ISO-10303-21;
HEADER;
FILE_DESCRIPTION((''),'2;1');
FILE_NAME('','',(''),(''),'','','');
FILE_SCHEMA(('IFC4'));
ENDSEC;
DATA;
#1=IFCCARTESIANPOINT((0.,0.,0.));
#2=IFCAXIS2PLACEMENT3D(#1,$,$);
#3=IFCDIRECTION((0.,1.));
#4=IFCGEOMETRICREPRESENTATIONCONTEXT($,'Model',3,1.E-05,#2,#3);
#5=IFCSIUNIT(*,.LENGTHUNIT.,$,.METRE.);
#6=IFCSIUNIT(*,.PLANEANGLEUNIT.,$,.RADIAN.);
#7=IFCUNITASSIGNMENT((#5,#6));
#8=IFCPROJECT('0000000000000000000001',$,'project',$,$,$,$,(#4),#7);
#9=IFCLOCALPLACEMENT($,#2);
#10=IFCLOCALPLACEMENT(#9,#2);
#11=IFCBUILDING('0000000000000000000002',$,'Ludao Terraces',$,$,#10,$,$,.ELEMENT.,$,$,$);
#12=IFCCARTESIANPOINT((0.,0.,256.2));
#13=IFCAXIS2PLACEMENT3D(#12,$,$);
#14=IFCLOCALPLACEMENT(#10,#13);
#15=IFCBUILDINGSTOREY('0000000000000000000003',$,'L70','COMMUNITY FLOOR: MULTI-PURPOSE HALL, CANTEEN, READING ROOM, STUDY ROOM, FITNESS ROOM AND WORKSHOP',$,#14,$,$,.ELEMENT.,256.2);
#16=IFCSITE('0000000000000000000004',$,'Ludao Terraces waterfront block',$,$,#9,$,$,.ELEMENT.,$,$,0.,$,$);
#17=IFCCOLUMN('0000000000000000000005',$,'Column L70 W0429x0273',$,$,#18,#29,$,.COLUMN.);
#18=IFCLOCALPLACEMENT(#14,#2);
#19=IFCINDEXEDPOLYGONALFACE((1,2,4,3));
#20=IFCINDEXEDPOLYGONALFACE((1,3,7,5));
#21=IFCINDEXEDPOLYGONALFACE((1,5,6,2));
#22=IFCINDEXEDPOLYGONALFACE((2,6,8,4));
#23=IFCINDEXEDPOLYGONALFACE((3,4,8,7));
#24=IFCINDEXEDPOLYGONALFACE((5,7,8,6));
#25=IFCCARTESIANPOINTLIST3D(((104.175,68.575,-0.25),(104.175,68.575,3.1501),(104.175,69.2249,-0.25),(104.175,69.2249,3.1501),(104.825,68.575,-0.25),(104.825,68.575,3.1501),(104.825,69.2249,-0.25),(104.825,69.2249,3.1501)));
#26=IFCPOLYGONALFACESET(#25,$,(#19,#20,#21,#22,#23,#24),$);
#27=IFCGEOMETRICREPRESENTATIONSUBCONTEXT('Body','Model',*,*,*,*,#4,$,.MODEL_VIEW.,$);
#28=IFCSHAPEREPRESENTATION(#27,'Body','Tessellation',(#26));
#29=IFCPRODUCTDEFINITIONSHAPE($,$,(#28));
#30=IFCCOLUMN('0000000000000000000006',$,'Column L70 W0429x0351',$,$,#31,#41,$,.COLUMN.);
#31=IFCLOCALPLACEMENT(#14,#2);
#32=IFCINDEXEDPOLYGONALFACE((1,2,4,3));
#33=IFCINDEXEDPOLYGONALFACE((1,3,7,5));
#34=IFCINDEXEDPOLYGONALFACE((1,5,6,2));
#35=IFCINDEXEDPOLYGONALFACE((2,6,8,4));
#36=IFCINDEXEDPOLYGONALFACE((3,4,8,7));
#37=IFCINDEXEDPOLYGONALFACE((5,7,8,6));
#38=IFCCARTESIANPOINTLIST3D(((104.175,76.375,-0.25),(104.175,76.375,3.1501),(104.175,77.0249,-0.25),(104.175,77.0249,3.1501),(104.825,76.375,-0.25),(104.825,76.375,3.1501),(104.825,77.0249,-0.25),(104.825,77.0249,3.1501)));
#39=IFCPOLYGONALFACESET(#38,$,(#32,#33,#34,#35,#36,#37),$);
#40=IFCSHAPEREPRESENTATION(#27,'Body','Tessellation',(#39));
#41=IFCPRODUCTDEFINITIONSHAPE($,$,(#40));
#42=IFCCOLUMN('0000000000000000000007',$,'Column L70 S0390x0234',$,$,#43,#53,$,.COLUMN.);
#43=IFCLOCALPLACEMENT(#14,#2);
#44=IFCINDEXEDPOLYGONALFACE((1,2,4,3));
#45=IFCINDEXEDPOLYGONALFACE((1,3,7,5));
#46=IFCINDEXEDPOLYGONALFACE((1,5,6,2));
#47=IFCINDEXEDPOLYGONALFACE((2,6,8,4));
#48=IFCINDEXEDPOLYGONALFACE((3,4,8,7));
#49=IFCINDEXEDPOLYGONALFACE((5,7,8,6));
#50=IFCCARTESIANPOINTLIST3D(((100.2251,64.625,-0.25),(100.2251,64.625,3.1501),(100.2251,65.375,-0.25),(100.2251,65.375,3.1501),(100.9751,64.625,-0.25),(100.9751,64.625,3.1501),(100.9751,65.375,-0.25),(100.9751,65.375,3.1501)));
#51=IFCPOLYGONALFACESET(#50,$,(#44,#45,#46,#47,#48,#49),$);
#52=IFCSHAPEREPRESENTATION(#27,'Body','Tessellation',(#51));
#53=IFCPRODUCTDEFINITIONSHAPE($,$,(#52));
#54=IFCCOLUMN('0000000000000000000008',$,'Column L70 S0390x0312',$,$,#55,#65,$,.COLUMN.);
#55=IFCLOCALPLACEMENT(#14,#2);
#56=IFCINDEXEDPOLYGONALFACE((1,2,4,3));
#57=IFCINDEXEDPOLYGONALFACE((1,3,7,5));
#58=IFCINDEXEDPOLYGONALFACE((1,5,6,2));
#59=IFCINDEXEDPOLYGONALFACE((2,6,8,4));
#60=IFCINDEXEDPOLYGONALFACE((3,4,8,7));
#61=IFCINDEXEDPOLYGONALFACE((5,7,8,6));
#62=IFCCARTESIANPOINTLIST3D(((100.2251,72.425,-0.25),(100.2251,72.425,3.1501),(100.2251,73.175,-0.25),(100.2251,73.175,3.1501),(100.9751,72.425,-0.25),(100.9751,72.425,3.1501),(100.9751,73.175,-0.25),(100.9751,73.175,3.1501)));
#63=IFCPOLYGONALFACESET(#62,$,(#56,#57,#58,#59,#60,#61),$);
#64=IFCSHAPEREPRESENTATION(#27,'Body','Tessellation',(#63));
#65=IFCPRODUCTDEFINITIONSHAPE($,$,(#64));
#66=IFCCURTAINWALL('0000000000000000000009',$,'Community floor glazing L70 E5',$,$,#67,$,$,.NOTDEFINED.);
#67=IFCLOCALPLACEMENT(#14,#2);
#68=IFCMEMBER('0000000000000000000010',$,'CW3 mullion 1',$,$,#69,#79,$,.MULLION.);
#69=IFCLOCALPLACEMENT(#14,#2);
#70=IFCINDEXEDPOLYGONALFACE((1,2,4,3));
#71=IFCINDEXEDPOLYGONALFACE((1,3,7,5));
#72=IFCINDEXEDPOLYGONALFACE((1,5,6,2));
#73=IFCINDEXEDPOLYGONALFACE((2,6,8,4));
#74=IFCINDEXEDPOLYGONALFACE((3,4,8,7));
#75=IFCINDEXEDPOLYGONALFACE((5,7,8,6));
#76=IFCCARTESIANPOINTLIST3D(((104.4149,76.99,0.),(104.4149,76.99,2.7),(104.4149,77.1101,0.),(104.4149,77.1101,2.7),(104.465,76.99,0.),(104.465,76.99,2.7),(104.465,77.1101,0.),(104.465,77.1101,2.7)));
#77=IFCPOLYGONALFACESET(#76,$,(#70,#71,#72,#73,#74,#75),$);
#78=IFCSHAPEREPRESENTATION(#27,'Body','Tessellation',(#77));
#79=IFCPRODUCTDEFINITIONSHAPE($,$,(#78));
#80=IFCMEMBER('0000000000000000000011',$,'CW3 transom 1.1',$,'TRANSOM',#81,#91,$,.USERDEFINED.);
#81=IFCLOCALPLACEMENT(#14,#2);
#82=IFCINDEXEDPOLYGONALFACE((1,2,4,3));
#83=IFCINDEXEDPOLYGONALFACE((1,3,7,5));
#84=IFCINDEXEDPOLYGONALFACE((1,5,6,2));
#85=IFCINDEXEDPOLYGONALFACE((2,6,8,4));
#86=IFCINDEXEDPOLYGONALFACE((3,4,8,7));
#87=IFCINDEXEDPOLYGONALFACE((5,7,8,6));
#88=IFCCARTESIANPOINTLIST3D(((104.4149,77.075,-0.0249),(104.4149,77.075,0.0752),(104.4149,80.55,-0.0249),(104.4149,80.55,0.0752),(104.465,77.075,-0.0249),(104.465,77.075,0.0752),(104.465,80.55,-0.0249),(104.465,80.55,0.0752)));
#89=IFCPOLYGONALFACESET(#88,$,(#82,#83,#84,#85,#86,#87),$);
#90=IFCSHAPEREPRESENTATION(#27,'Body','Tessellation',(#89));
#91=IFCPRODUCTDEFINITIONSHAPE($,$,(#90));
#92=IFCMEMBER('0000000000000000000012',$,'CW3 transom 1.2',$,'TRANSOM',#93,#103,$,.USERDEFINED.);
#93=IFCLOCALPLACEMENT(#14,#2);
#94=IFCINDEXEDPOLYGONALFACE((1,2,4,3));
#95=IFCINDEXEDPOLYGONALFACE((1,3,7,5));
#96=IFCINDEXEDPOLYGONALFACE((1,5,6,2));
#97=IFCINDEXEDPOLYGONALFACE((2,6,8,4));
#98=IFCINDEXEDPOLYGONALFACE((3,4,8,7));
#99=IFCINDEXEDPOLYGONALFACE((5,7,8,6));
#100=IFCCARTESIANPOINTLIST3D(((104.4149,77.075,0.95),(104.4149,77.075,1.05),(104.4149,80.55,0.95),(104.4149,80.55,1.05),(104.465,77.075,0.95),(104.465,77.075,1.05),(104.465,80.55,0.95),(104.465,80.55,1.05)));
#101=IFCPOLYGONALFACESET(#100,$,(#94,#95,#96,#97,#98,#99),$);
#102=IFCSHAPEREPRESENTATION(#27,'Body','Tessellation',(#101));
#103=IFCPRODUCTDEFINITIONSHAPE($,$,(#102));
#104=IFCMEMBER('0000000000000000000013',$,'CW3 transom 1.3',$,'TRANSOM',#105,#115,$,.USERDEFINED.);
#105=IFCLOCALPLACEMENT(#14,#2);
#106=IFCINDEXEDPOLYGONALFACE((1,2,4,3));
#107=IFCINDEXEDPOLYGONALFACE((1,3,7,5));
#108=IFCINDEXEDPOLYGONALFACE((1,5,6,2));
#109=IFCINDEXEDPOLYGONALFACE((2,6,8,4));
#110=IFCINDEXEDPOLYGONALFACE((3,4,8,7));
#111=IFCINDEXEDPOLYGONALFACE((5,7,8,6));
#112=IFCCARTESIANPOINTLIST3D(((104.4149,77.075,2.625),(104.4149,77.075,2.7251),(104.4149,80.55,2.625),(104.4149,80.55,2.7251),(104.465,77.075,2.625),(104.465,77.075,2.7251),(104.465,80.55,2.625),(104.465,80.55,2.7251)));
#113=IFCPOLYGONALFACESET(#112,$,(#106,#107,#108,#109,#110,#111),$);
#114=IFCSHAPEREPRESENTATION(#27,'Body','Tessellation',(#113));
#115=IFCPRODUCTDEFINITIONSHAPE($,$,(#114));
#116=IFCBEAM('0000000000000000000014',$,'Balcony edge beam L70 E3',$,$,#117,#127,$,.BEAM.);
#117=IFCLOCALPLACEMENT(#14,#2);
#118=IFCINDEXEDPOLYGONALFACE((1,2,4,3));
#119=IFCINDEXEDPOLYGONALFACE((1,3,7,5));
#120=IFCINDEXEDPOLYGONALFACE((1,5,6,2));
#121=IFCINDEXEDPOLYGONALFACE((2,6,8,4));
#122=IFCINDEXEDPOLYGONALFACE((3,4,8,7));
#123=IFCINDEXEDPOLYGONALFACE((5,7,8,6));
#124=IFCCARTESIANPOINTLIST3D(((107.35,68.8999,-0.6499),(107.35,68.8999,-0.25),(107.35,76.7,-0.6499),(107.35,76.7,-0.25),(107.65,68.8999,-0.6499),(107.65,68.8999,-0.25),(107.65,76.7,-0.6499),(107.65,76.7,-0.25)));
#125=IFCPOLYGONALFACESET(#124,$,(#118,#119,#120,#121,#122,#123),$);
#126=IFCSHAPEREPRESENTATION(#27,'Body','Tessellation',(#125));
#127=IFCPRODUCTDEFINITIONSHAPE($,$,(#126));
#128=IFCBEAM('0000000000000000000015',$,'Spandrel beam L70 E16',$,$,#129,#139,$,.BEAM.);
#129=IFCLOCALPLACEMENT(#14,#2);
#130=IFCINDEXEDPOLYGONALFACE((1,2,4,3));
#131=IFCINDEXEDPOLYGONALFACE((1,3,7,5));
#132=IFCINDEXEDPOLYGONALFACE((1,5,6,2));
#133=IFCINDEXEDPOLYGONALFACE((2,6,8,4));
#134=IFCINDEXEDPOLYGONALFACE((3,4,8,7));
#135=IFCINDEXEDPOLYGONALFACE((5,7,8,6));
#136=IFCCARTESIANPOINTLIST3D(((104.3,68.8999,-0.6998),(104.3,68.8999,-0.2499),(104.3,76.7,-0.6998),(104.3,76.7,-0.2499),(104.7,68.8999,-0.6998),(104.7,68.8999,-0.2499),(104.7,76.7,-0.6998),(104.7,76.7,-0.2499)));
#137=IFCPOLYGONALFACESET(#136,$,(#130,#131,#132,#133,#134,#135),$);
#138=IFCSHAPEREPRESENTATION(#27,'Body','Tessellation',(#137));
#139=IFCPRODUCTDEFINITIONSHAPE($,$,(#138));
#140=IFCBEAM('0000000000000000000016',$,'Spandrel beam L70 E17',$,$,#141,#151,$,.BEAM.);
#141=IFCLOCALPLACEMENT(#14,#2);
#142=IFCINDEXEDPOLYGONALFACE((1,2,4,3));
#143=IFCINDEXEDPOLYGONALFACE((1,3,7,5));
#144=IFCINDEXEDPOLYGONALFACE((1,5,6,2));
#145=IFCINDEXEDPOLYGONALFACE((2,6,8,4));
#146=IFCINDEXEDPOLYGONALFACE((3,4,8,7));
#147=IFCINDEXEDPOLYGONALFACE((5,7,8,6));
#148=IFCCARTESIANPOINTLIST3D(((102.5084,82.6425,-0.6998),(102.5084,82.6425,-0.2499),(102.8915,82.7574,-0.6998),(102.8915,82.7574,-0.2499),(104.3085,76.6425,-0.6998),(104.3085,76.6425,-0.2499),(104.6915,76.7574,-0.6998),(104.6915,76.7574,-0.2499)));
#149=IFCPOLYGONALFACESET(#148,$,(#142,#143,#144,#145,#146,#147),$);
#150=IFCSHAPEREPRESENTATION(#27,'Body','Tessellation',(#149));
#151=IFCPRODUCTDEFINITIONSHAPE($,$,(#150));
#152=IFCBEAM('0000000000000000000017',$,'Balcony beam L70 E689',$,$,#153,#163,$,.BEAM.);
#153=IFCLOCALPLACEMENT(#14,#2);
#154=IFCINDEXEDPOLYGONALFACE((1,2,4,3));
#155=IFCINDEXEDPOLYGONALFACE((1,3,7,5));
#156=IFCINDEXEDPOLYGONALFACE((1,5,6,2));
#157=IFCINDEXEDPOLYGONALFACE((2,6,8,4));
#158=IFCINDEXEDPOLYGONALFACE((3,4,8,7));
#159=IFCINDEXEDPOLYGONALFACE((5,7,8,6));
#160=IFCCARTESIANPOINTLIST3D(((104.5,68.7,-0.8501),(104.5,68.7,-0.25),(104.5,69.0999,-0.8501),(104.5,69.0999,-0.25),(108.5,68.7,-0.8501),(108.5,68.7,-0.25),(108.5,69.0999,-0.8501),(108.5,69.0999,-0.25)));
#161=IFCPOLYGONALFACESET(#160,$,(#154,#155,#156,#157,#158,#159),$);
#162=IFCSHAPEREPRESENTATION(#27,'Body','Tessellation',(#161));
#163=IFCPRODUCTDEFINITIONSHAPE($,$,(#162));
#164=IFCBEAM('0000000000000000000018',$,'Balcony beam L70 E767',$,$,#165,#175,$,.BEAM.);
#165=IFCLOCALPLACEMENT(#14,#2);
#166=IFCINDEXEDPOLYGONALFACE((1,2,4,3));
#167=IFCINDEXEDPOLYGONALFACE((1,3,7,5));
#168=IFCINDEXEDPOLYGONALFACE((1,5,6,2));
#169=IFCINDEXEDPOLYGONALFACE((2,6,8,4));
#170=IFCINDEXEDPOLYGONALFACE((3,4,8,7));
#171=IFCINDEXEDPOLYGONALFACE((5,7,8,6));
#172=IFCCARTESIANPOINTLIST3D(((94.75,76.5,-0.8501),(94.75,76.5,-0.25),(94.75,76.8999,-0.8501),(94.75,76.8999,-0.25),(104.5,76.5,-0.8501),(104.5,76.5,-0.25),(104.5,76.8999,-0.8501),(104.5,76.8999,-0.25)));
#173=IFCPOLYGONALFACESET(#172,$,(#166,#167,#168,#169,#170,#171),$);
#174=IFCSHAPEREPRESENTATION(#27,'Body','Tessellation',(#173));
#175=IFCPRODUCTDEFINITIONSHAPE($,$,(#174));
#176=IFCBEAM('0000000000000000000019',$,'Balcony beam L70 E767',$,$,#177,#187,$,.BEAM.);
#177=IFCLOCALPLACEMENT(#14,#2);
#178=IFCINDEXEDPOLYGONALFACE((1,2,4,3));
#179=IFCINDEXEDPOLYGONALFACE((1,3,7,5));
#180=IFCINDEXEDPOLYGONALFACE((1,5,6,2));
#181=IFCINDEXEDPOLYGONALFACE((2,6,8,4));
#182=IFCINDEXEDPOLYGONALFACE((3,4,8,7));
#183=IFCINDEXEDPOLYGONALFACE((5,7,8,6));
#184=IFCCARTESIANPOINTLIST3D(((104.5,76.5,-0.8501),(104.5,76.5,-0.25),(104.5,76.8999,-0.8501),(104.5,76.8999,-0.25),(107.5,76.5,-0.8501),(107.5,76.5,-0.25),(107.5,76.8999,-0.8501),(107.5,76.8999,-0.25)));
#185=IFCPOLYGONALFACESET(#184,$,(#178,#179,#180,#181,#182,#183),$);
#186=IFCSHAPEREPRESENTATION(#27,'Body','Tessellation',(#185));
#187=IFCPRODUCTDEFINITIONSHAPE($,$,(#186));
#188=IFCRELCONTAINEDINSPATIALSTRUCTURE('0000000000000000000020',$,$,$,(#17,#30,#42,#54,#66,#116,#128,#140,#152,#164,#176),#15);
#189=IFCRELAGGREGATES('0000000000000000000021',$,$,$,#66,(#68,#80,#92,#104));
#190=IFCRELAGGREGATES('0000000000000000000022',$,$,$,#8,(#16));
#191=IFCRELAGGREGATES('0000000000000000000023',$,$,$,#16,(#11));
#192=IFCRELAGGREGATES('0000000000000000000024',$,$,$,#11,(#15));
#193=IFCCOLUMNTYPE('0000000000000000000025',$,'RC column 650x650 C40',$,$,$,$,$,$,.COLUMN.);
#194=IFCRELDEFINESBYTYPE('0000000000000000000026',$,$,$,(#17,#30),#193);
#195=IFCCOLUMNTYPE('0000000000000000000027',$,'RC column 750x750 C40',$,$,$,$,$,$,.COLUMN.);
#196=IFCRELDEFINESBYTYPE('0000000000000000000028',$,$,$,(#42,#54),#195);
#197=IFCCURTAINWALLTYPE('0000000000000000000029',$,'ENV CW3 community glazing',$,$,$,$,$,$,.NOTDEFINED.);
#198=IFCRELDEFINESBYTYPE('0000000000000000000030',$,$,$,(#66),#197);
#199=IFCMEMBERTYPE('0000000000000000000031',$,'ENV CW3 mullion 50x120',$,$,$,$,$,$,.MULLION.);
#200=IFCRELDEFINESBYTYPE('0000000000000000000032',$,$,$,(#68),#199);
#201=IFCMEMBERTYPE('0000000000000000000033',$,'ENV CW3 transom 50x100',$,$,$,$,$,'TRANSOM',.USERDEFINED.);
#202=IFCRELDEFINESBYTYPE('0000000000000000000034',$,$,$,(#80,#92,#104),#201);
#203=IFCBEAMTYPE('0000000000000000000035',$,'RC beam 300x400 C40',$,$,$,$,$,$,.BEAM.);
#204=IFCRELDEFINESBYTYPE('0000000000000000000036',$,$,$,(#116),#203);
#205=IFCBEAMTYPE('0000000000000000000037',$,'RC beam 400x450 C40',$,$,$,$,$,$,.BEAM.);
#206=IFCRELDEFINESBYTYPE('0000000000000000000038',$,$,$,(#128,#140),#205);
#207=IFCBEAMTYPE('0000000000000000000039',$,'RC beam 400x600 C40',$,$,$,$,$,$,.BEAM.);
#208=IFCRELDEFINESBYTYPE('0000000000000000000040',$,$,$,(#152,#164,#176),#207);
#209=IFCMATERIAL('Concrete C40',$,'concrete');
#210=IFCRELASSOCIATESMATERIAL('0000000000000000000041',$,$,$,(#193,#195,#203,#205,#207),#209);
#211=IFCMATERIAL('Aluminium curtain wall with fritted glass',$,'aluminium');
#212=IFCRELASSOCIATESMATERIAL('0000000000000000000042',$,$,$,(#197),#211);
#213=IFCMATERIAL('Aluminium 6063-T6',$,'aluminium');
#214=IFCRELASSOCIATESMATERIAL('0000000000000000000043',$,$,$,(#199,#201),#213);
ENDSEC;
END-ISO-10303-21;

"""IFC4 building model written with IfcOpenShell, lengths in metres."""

from ifc_helpers import new_model, si_unit, direction, frame, origin, origin_2d, place, context, subcontext, project, spatial, rectangle, extrude, material, material_profile, profile_set, type_object, element, aggregate, save


model = new_model("IFC4")

# Units and contexts
model_context = context("Model", 3, precision=1e-05, world=origin(), true_north=direction((0.0, 1.0)))
body_context = subcontext(model_context, "Body", "Model", "MODEL_VIEW")
ifc_project = project(units=[si_unit("LENGTHUNIT", "METRE"), si_unit("PLANEANGLEUNIT", "RADIAN")], contexts=[model_context])

# Site, building, storey
site_placement = place(None, origin())
site = spatial("IfcSite", under=ifc_project, at=site_placement, Name="Ludao Terraces waterfront block", CompositionType="ELEMENT", RefElevation=0.0)
building_placement = place(site_placement, origin())
building = spatial("IfcBuilding", under=site, at=building_placement, Name="Ludao Terraces", CompositionType="ELEMENT")
storey_placement = place(building_placement, frame((0.0, 0.0, 256.2)))
storey = spatial("IfcBuildingStorey", under=building, at=storey_placement, Name="L70", Description="COMMUNITY FLOOR: MULTI-PURPOSE HALL, CANTEEN, READING ROOM, STUDY ROOM, FITNESS ROOM AND WORKSHOP", CompositionType="ELEMENT", Elevation=256.2)

# Columns
ifc_material_1 = material(Name="Concrete C40", Category="concrete")
ifc_material_profile_1 = material_profile(ifc_material_1, rectangle(XDim=0.6499, YDim=0.6499, at=origin_2d()), Name="650 X 650")
ifc_profile_set_1 = profile_set([ifc_material_profile_1], Name="Concrete C40")
column_type_1 = type_object("IfcColumnType", Name="RC column 650x650 C40", PredefinedType="COLUMN", material=ifc_profile_set_1)
for number, where, z_axis, x_axis, name in (
    (1, (104.5, 68.8999, -0.25), (0.0, 0.0, 1.0), (1.0, 0.0, 0.0), "Column L70 W0429x0273"),
    (2, (104.5, 76.7, -0.25), (0.0, 0.0, 1.0), (1.0, 0.0, 0.0), "Column L70 W0429x0351"),
):
    element("IfcColumn", number, at=place(storey_placement, frame(where, z_axis=z_axis, x_axis=x_axis)), inside=storey, type_object=column_type_1, Name=name, PredefinedType="COLUMN", context=body_context, shape_type="SweptSolid", body=[
        extrude(rectangle(XDim=0.6499, YDim=0.6499, at=origin_2d()), origin(), (0.0, 0.0, 1.0), 3.4001),
    ])
ifc_material_profile_2 = material_profile(ifc_material_1, rectangle(XDim=0.75, YDim=0.75, at=origin_2d()), Name="750 X 750")
ifc_profile_set_2 = profile_set([ifc_material_profile_2], Name="Concrete C40")
column_type_2 = type_object("IfcColumnType", Name="RC column 750x750 C40", PredefinedType="COLUMN", material=ifc_profile_set_2)
for number, where, z_axis, x_axis, name in (
    (3, (100.6001, 65.0, -0.25), (0.0, 0.0, 1.0), (1.0, 0.0, 0.0), "Column L70 S0390x0234"),
    (4, (100.6001, 72.8, -0.25), (0.0, 0.0, 1.0), (1.0, 0.0, 0.0), "Column L70 S0390x0312"),
):
    element("IfcColumn", number, at=place(storey_placement, frame(where, z_axis=z_axis, x_axis=x_axis)), inside=storey, type_object=column_type_2, Name=name, PredefinedType="COLUMN", context=body_context, shape_type="SweptSolid", body=[
        extrude(rectangle(XDim=0.75, YDim=0.75, at=origin_2d()), origin(), (0.0, 0.0, 1.0), 3.4001),
    ])

# Curtain wall, members
ifc_material_2 = material(Name="Aluminium curtain wall with fritted glass", Category="aluminium")
curtain_wall_type = type_object("IfcCurtainWallType", Name="ENV CW3 community glazing", PredefinedType="NOTDEFINED", material=ifc_material_2)
curtain_wall_placement = place(storey_placement, origin())
curtain_wall = element("IfcCurtainWall", 5, at=curtain_wall_placement, inside=storey, type_object=curtain_wall_type, Name="Community floor glazing L70 E5", PredefinedType="NOTDEFINED")
ifc_material_3 = material(Name="Aluminium 6063-T6", Category="aluminium")
ifc_material_profile_3 = material_profile(ifc_material_3, rectangle(XDim=0.05, YDim=0.1201, at=origin_2d()), Name="50 X 120")
ifc_profile_set_3 = profile_set([ifc_material_profile_3], Name="Aluminium 6063-T6")
member_type_1 = type_object("IfcMemberType", Name="ENV CW3 mullion 50x120", PredefinedType="MULLION", material=ifc_profile_set_3)
member_1_placement = place(storey_placement, frame((104.4399, 77.05, 0.0), z_axis=(0.0, 0.0, 1.0), x_axis=(-1.0, 0.0, 0.0)))
member_1 = element("IfcMember", 6, at=member_1_placement, type_object=member_type_1, Name="CW3 mullion 1", PredefinedType="MULLION", context=body_context, shape_type="SweptSolid", body=[
    extrude(rectangle(XDim=0.05, YDim=0.1201, at=origin_2d()), origin(), (0.0, 0.0, 1.0), 2.7),
])
ifc_material_profile_4 = material_profile(ifc_material_3, rectangle(XDim=0.05, YDim=0.1001, at=origin_2d()), Name="50 X 100")
ifc_profile_set_4 = profile_set([ifc_material_profile_4], Name="Aluminium 6063-T6")
member_type_2 = type_object("IfcMemberType", Name="ENV CW3 transom 50x100", ElementType="TRANSOM", PredefinedType="USERDEFINED", material=ifc_profile_set_4)
member_2_placement = place(storey_placement, frame((104.4399, 77.075, 0.0251), z_axis=(0.0, 1.0, 0.0), x_axis=(-1.0, 0.0, 0.0)))
member_2 = element("IfcMember", 7, at=member_2_placement, type_object=member_type_2, Name="CW3 transom 1.1", ObjectType="TRANSOM", PredefinedType="USERDEFINED", context=body_context, shape_type="SweptSolid", body=[
    extrude(rectangle(XDim=0.05, YDim=0.1001, at=origin_2d()), origin(), (0.0, 0.0, 1.0), 3.4751),
])
member_3_placement = place(storey_placement, frame((104.4399, 77.075, 1.0), z_axis=(0.0, 1.0, 0.0), x_axis=(-1.0, 0.0, 0.0)))
member_3 = element("IfcMember", 8, at=member_3_placement, type_object=member_type_2, Name="CW3 transom 1.2", ObjectType="TRANSOM", PredefinedType="USERDEFINED", context=body_context, shape_type="SweptSolid", body=[
    extrude(rectangle(XDim=0.05, YDim=0.1001, at=origin_2d()), origin(), (0.0, 0.0, 1.0), 3.4751),
])
member_4_placement = place(storey_placement, frame((104.4399, 77.075, 2.675), z_axis=(0.0, 1.0, 0.0), x_axis=(-1.0, 0.0, 0.0)))
member_4 = element("IfcMember", 9, at=member_4_placement, type_object=member_type_2, Name="CW3 transom 1.3", ObjectType="TRANSOM", PredefinedType="USERDEFINED", context=body_context, shape_type="SweptSolid", body=[
    extrude(rectangle(XDim=0.05, YDim=0.1001, at=origin_2d()), origin(), (0.0, 0.0, 1.0), 3.4751),
])
aggregate(curtain_wall, [member_1, member_2, member_3, member_4])

# Beams
ifc_material_profile_5 = material_profile(ifc_material_1, rectangle(XDim=0.3, YDim=0.3999, at=origin_2d()), Name="300 X 400")
ifc_profile_set_5 = profile_set([ifc_material_profile_5], Name="Concrete C40")
beam_type_1 = type_object("IfcBeamType", Name="RC beam 300x400 C40", PredefinedType="BEAM", material=ifc_profile_set_5)
beam_1_placement = place(storey_placement, frame((107.5, 68.8999, -0.45), z_axis=(0.0, 1.0, 0.0), x_axis=(-1.0, 0.0, 0.0)))
element("IfcBeam", 10, at=beam_1_placement, inside=storey, type_object=beam_type_1, Name="Balcony edge beam L70 E3", PredefinedType="BEAM", context=body_context, shape_type="SweptSolid", body=[
    extrude(rectangle(XDim=0.3, YDim=0.3999, at=origin_2d()), origin(), (0.0, 0.0, 1.0), 7.8),
])
ifc_material_profile_6 = material_profile(ifc_material_1, rectangle(XDim=0.3999, YDim=0.45, at=origin_2d()), Name="400 X 450")
ifc_profile_set_6 = profile_set([ifc_material_profile_6], Name="Concrete C40")
beam_type_2 = type_object("IfcBeamType", Name="RC beam 400x450 C40", PredefinedType="BEAM", material=ifc_profile_set_6)
beam_2_placement = place(storey_placement, frame((104.5, 68.8999, -0.4749), z_axis=(0.0, 1.0, 0.0), x_axis=(-1.0, 0.0, 0.0)))
element("IfcBeam", 11, at=beam_2_placement, inside=storey, type_object=beam_type_2, Name="Spandrel beam L70 E16", PredefinedType="BEAM", context=body_context, shape_type="SweptSolid", body=[
    extrude(rectangle(XDim=0.3999, YDim=0.45, at=origin_2d()), origin(), (0.0, 0.0, 1.0), 7.8),
])
beam_3_placement = place(storey_placement, frame((104.5, 76.7, -0.4749), z_axis=(-0.287355, 0.957824, 0.0), x_axis=(-0.957824, -0.287355, 0.0)))
element("IfcBeam", 12, at=beam_3_placement, inside=storey, type_object=beam_type_2, Name="Spandrel beam L70 E17", PredefinedType="BEAM", context=body_context, shape_type="SweptSolid", body=[
    extrude(rectangle(XDim=0.3999, YDim=0.45, at=origin_2d()), origin(), (0.0, 0.0, 1.0), 6.2642),
])
ifc_material_profile_7 = material_profile(ifc_material_1, rectangle(XDim=0.3999, YDim=0.6001, at=origin_2d()), Name="400 X 600")
ifc_profile_set_7 = profile_set([ifc_material_profile_7], Name="Concrete C40")
beam_type_3 = type_object("IfcBeamType", Name="RC beam 400x600 C40", PredefinedType="BEAM", material=ifc_profile_set_7)
beam_4_placement = place(storey_placement, frame((104.5, 68.8999, -0.55), z_axis=(1.0, 0.0, 0.0), x_axis=(0.0, 1.0, 0.0)))
element("IfcBeam", 13, at=beam_4_placement, inside=storey, type_object=beam_type_3, Name="Balcony beam L70 E689", PredefinedType="BEAM", context=body_context, shape_type="SweptSolid", body=[
    extrude(rectangle(XDim=0.3999, YDim=0.6001, at=origin_2d()), origin(), (0.0, 0.0, 1.0), 4.0),
])
beam_5_placement = place(storey_placement, frame((94.75, 76.7, -0.55), z_axis=(1.0, 0.0, 0.0), x_axis=(0.0, 1.0, 0.0)))
element("IfcBeam", 14, at=beam_5_placement, inside=storey, type_object=beam_type_3, Name="Balcony beam L70 E767", PredefinedType="BEAM", context=body_context, shape_type="SweptSolid", body=[
    extrude(rectangle(XDim=0.3999, YDim=0.6001, at=origin_2d()), origin(), (0.0, 0.0, 1.0), 9.75),
])
beam_6_placement = place(storey_placement, frame((104.5, 76.7, -0.55), z_axis=(1.0, 0.0, 0.0), x_axis=(0.0, 1.0, 0.0)))
element("IfcBeam", 15, at=beam_6_placement, inside=storey, type_object=beam_type_3, Name="Balcony beam L70 E767", PredefinedType="BEAM", context=body_context, shape_type="SweptSolid", body=[
    extrude(rectangle(XDim=0.3999, YDim=0.6001, at=origin_2d()), origin(), (0.0, 0.0, 1.0), 3.0),
])

save(model, "model.ifc")
